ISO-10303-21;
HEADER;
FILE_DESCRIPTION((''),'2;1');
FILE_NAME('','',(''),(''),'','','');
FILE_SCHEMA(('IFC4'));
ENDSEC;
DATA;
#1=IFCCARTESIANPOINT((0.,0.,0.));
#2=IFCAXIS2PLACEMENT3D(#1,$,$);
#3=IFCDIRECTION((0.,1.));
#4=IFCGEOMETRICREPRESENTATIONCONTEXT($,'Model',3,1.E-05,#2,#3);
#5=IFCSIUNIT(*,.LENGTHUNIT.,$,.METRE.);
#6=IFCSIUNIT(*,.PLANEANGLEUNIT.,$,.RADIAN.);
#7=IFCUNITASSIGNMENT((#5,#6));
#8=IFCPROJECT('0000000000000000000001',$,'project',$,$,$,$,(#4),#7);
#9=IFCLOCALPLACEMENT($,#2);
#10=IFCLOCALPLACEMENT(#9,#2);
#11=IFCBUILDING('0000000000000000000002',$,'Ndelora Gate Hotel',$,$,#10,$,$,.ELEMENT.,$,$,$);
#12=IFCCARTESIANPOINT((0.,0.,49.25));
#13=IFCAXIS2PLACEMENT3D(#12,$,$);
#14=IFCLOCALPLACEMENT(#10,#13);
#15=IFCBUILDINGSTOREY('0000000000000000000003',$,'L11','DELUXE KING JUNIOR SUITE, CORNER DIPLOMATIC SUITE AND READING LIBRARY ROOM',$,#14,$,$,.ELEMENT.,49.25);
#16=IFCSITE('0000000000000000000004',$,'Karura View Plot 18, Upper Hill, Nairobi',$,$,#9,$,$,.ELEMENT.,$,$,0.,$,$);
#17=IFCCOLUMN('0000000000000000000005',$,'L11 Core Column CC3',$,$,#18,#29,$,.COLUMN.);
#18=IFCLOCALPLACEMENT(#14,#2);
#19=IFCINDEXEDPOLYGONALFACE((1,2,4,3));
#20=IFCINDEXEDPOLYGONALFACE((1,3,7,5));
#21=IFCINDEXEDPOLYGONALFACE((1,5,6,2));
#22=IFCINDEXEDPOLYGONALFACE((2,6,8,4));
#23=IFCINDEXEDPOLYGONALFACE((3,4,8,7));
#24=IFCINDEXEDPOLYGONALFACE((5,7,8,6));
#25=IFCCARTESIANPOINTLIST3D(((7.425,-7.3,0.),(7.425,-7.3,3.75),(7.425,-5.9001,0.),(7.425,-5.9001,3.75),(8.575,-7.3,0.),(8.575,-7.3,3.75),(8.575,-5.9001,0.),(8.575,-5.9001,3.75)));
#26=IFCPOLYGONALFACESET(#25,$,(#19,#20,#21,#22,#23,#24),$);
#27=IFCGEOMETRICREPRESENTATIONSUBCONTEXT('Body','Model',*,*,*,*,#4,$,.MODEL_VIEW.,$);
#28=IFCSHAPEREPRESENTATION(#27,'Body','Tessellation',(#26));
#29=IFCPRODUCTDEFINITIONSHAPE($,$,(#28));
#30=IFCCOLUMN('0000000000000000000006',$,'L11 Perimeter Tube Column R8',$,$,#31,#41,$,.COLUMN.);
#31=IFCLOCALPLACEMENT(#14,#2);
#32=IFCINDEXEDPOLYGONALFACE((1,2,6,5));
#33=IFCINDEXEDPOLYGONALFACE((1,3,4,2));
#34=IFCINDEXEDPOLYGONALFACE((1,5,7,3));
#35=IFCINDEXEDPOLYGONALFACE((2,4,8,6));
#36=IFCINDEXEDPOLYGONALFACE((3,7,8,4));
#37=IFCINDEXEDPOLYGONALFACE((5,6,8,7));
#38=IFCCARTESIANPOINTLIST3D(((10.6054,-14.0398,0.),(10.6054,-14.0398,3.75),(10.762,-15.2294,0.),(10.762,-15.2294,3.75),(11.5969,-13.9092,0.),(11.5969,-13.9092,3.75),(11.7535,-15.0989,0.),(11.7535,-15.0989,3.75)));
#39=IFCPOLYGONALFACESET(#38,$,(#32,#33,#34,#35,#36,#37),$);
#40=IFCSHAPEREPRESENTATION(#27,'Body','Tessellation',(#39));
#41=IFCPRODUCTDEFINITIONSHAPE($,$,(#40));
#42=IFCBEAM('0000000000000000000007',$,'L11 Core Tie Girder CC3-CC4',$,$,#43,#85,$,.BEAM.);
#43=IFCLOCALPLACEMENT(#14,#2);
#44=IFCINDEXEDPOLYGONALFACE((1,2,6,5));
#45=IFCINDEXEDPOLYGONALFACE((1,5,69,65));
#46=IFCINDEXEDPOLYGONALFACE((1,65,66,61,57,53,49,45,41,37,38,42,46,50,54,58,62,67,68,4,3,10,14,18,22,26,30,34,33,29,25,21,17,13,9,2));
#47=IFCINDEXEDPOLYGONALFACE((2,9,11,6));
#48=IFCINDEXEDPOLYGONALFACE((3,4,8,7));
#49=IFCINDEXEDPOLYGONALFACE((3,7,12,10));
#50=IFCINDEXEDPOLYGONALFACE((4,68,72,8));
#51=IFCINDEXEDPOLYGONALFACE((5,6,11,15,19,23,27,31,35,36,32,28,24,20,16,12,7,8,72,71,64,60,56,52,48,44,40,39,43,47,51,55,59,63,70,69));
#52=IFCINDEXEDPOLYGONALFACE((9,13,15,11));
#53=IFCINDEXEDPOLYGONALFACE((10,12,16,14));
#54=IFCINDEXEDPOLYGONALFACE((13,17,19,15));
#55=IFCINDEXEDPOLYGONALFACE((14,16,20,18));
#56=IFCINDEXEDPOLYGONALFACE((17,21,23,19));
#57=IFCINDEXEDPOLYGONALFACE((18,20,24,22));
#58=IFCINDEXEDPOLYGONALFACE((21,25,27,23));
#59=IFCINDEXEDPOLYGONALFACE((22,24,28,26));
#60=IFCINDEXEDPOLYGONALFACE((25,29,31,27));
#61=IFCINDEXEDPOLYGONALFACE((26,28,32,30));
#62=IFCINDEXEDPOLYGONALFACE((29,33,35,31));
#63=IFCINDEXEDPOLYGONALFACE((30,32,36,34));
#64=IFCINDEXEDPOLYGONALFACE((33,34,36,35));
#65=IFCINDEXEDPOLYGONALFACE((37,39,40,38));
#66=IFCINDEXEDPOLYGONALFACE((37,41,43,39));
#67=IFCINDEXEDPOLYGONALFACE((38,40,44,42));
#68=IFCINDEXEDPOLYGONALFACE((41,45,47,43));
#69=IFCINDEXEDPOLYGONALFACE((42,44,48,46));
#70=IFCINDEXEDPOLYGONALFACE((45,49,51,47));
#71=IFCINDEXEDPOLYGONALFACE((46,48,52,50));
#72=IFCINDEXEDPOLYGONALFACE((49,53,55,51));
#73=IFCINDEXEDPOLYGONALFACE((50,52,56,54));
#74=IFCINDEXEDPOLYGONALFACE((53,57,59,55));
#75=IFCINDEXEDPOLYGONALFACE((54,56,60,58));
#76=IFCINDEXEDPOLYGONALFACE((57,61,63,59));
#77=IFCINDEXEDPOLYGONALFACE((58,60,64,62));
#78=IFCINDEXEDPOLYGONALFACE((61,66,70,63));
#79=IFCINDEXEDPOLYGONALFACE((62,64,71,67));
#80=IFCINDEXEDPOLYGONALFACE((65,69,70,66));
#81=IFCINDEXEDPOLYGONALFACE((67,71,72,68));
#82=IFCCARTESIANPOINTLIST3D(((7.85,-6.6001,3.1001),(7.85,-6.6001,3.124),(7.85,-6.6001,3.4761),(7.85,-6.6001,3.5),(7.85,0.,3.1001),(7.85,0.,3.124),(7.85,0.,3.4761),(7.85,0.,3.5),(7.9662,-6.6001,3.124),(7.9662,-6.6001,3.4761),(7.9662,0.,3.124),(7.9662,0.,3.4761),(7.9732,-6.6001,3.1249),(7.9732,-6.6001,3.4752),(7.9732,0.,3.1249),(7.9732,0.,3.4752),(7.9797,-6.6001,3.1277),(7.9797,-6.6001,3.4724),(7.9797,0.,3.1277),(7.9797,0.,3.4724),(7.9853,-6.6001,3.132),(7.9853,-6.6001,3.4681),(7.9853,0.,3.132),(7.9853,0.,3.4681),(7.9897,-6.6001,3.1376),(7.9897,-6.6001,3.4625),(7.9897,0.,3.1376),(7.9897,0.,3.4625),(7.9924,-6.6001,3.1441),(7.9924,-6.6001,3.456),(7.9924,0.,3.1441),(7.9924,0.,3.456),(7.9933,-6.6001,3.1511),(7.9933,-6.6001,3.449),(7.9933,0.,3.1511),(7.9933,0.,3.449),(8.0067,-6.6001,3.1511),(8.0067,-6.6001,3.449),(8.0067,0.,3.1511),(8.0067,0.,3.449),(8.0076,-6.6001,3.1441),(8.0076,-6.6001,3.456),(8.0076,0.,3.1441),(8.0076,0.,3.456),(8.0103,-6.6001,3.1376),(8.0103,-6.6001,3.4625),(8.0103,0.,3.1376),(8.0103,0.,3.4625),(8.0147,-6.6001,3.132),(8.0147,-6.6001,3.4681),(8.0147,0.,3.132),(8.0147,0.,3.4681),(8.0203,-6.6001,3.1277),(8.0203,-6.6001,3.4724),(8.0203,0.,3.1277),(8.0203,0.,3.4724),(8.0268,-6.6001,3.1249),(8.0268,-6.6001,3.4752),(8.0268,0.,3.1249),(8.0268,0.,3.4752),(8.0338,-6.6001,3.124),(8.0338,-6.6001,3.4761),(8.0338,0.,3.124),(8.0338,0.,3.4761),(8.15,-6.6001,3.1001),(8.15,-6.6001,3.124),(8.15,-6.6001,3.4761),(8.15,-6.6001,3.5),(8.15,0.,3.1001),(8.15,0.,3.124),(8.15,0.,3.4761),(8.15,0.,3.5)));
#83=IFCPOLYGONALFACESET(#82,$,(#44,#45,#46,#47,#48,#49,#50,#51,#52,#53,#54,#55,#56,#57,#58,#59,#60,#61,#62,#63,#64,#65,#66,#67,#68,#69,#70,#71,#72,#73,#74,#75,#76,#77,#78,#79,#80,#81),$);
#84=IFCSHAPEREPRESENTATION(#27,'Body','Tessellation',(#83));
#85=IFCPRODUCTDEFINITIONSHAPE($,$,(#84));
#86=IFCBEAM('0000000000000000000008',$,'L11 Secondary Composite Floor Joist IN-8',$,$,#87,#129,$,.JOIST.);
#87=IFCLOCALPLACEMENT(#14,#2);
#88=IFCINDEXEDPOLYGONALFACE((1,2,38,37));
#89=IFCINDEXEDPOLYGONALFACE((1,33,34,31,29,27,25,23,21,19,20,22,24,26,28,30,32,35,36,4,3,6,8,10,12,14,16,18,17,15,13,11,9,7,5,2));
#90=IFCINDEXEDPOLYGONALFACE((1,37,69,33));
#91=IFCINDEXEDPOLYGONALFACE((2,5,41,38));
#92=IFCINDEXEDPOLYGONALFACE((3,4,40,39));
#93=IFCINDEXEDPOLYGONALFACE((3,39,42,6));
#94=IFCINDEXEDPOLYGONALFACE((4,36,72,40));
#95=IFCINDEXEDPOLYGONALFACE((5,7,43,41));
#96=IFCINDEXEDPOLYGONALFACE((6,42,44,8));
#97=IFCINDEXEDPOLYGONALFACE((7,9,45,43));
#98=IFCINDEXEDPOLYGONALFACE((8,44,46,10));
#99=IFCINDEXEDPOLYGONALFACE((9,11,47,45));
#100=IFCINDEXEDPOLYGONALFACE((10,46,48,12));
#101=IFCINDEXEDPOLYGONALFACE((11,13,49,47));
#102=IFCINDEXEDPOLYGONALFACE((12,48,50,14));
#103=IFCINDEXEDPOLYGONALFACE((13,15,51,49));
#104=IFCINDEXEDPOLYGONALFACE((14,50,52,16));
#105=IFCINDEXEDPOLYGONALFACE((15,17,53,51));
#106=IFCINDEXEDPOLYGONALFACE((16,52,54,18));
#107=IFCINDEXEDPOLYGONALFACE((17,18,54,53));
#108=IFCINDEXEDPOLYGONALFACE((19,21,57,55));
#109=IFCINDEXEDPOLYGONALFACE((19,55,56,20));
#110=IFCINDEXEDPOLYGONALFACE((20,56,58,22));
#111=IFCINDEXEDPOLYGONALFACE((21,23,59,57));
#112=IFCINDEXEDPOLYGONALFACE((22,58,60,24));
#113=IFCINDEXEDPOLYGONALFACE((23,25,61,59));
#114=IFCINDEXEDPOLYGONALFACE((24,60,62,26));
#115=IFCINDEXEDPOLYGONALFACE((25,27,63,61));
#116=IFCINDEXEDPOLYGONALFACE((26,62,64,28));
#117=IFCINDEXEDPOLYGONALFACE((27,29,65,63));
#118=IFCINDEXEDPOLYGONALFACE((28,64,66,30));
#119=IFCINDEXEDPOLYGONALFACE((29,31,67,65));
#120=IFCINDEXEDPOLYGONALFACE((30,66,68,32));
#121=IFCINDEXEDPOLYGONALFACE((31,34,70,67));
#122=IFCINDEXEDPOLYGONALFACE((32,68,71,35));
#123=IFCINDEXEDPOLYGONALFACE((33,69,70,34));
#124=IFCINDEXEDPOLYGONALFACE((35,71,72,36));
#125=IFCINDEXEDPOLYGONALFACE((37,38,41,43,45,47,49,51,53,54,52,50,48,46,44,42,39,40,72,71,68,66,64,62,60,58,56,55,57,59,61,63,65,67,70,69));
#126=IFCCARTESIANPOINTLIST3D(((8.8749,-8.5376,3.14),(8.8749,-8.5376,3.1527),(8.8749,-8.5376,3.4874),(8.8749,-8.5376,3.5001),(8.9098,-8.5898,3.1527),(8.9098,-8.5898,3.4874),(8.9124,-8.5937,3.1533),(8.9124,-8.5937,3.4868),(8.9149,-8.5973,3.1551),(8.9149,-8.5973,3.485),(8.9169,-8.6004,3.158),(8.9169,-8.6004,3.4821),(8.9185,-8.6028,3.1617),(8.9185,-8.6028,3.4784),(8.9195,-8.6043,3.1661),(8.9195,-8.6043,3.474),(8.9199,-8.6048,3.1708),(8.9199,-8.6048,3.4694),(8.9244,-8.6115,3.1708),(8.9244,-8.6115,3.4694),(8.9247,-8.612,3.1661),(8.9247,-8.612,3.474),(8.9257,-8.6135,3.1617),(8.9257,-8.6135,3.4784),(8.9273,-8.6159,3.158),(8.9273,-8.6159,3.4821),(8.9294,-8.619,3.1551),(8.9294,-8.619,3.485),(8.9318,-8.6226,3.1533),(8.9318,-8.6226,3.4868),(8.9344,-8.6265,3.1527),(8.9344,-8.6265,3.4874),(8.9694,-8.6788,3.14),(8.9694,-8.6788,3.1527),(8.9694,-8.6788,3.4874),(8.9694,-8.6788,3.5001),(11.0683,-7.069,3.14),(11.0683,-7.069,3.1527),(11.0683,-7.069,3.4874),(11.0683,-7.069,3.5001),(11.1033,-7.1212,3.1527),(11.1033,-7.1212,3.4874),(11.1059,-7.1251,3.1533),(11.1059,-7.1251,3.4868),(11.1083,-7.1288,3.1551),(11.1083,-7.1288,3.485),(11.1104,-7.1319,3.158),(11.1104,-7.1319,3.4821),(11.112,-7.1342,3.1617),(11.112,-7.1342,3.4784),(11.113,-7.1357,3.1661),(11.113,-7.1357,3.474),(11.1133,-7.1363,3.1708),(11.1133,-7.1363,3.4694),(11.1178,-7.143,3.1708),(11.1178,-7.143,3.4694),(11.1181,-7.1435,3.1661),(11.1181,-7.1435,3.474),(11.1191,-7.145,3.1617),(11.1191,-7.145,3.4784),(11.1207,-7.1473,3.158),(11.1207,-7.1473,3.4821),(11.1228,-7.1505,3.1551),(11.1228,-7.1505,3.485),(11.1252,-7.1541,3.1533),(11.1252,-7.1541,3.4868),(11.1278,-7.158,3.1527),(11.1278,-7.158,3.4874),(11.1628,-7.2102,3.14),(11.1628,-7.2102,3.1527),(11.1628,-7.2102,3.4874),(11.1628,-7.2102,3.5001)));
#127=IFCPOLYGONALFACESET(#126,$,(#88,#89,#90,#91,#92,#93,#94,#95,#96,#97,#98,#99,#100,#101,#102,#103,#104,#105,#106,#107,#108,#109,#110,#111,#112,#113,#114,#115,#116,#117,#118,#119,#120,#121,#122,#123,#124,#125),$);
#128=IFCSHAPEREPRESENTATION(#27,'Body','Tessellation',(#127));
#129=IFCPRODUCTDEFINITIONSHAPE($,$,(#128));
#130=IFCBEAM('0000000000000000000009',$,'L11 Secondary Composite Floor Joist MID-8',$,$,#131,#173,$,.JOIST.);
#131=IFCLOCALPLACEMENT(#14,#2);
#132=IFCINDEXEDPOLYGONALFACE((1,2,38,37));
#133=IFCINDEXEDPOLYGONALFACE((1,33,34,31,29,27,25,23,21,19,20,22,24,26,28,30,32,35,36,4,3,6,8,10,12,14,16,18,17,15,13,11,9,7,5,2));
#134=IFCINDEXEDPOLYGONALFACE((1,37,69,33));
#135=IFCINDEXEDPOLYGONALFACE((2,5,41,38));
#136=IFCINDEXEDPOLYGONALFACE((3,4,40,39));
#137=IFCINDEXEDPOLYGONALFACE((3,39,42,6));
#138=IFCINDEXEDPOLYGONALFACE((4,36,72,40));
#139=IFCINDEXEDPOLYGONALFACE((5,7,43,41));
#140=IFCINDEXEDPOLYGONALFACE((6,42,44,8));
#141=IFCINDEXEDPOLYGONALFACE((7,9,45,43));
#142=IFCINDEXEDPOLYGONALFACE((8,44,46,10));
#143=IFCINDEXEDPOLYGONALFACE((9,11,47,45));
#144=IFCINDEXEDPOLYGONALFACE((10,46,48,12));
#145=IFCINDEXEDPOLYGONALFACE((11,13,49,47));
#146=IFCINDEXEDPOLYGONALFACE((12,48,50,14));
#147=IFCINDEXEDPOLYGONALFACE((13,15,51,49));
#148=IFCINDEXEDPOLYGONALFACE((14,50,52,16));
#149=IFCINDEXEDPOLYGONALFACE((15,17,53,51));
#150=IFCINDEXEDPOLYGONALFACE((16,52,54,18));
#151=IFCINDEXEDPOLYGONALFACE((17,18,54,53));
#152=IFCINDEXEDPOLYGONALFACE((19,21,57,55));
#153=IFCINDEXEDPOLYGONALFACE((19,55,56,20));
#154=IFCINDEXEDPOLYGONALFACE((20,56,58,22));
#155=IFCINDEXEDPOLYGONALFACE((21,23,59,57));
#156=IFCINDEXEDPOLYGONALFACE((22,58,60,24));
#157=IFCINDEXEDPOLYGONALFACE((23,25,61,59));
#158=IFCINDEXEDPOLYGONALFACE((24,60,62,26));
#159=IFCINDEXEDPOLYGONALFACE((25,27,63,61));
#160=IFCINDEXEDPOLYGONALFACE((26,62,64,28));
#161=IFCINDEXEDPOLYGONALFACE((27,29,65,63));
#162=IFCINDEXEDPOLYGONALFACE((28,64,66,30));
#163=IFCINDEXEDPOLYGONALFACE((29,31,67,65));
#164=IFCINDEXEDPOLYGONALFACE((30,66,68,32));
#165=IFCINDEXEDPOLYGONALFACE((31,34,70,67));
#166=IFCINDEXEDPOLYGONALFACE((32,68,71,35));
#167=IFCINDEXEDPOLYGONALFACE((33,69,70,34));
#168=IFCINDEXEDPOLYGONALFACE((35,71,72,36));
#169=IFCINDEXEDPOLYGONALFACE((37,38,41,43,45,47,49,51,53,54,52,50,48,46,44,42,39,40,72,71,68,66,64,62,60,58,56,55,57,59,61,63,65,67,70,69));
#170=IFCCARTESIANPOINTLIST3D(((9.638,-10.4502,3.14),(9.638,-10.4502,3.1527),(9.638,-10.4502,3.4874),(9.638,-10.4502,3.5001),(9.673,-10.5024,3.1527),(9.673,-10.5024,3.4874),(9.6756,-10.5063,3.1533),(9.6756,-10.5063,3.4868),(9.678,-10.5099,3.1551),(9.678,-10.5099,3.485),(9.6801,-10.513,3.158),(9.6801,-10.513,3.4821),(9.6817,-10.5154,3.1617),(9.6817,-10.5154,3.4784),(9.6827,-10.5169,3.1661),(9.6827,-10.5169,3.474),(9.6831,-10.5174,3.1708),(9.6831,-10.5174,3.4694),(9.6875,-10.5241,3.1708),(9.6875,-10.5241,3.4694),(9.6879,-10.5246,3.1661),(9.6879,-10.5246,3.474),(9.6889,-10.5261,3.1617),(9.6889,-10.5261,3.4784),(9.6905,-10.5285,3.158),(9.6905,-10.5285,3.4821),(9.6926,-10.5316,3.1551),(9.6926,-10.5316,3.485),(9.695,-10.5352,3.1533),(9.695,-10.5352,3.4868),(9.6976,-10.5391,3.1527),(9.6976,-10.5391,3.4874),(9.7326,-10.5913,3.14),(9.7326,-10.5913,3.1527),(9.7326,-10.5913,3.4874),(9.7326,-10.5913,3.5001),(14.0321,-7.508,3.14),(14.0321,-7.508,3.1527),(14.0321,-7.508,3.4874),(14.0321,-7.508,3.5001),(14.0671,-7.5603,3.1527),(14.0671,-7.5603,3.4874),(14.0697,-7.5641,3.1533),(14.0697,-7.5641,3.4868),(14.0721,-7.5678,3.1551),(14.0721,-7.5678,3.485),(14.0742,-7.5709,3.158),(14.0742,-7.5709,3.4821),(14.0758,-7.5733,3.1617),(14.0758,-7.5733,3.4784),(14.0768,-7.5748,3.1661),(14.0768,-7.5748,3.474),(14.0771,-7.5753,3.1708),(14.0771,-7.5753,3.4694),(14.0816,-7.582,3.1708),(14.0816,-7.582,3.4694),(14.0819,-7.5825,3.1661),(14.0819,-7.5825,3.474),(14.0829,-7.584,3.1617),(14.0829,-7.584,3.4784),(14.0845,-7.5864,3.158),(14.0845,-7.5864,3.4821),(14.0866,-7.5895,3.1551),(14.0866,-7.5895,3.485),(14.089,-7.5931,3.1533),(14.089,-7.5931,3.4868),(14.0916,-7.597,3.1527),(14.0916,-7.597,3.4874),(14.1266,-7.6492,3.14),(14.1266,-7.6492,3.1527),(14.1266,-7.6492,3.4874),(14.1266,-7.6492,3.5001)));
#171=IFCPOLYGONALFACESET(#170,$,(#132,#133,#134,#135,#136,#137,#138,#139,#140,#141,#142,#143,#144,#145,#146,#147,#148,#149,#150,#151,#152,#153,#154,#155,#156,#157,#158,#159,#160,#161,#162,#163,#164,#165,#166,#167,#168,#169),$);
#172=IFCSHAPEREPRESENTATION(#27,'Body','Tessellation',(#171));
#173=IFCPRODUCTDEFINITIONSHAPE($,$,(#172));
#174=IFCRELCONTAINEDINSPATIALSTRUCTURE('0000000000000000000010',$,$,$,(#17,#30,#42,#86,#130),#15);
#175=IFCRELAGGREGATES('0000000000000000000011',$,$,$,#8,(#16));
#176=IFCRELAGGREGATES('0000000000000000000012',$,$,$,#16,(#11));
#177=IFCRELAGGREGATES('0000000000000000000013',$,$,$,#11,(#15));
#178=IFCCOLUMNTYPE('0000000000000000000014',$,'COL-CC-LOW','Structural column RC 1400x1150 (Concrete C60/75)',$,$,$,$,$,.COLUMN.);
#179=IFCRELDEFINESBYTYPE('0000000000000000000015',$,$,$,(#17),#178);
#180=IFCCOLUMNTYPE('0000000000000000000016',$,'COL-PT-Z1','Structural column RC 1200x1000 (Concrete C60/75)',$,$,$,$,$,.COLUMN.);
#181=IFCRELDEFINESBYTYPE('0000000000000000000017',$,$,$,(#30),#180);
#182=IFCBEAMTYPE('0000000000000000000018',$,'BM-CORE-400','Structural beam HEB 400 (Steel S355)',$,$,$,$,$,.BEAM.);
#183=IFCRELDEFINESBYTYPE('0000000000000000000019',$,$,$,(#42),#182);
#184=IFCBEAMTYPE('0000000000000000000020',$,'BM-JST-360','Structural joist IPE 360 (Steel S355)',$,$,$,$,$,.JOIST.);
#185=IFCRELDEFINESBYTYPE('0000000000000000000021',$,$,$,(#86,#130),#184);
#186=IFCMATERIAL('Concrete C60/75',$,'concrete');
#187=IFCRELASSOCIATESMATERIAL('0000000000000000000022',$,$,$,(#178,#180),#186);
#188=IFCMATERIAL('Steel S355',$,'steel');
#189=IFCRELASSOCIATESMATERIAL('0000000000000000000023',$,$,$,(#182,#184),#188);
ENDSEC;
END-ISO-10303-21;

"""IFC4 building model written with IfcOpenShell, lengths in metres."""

from ifc_helpers import new_model, si_unit, direction, frame, origin, origin_2d, place, context, subcontext, project, spatial, rectangle, i_section, extrude, material, material_profile, profile_set, type_object, element, save


model = new_model("IFC4")

# Units and contexts
model_context = context("Model", 3, precision=1e-05, world=origin(), true_north=direction((0.0, 1.0)))
body_context = subcontext(model_context, "Body", "Model", "MODEL_VIEW")
ifc_project = project(units=[si_unit("LENGTHUNIT", "METRE"), si_unit("PLANEANGLEUNIT", "RADIAN")], contexts=[model_context])

# Site, building, storey
site_placement = place(None, origin())
site = spatial("IfcSite", under=ifc_project, at=site_placement, Name="Karura View Plot 18, Upper Hill, Nairobi", CompositionType="ELEMENT", RefElevation=0.0)
building_placement = place(site_placement, origin())
building = spatial("IfcBuilding", under=site, at=building_placement, Name="Ndelora Gate Hotel", CompositionType="ELEMENT")
storey_placement = place(building_placement, frame((0.0, 0.0, 49.25)))
storey = spatial("IfcBuildingStorey", under=building, at=storey_placement, Name="L11", Description="DELUXE KING JUNIOR SUITE, CORNER DIPLOMATIC SUITE AND READING LIBRARY ROOM", CompositionType="ELEMENT", Elevation=49.25)

# Columns
ifc_material_1 = material(Name="Concrete C60/75", Category="concrete")
ifc_material_profile_1 = material_profile(ifc_material_1, rectangle(XDim=1.1499, YDim=1.3999, at=origin_2d()), Name="RC 1400x1150")
ifc_profile_set_1 = profile_set([ifc_material_profile_1], Name="Concrete C60/75")
column_type_1 = type_object("IfcColumnType", Name="COL-CC-LOW", Description="Structural column RC 1400x1150 (Concrete C60/75)", PredefinedType="COLUMN", material=ifc_profile_set_1)
column_1_placement = place(storey_placement, frame((8.0, -6.6001, 0.0), z_axis=(0.0, 0.0, 1.0), x_axis=(1.0, 0.0, 0.0)))
element("IfcColumn", 1, at=column_1_placement, inside=storey, type_object=column_type_1, Name="L11 Core Column CC3", PredefinedType="COLUMN", context=body_context, shape_type="SweptSolid", body=[
    extrude(rectangle(XDim=1.1499, YDim=1.3999, at=origin_2d()), origin(), (0.0, 0.0, 1.0), 3.75),
])
ifc_material_profile_2 = material_profile(ifc_material_1, rectangle(XDim=1.0, YDim=1.2, at=origin_2d()), Name="RC 1200x1000")
ifc_profile_set_2 = profile_set([ifc_material_profile_2], Name="Concrete C60/75")
column_type_2 = type_object("IfcColumnType", Name="COL-PT-Z1", Description="Structural column RC 1200x1000 (Concrete C60/75)", PredefinedType="COLUMN", material=ifc_profile_set_2)
column_2_placement = place(storey_placement, frame((11.1794, -14.5693, 0.0), z_axis=(0.0, 0.0, 1.0), x_axis=(0.991445, 0.130526, 0.0)))
element("IfcColumn", 2, at=column_2_placement, inside=storey, type_object=column_type_2, Name="L11 Perimeter Tube Column R8", PredefinedType="COLUMN", context=body_context, shape_type="SweptSolid", body=[
    extrude(rectangle(XDim=1.0, YDim=1.2, at=origin_2d()), origin(), (0.0, 0.0, 1.0), 3.75),
])

# Beams
ifc_material_2 = material(Name="Steel S355", Category="steel")
ifc_material_profile_3 = material_profile(ifc_material_2, i_section(OverallWidth=0.3, OverallDepth=0.3999, WebThickness=0.0134, FlangeThickness=0.0239, FilletRadius=0.0271, at=origin_2d()), Name="HEB 400")
ifc_profile_set_3 = profile_set([ifc_material_profile_3], Name="Steel S355")
beam_type_1 = type_object("IfcBeamType", Name="BM-CORE-400", Description="Structural beam HEB 400 (Steel S355)", PredefinedType="BEAM", material=ifc_profile_set_3)
beam_1_placement = place(storey_placement, frame((8.0, -6.6001, 3.3), z_axis=(0.0, 1.0, 0.0), x_axis=(-1.0, 0.0, 0.0)))
element("IfcBeam", 3, at=beam_1_placement, inside=storey, type_object=beam_type_1, Name="L11 Core Tie Girder CC3-CC4", PredefinedType="BEAM", context=body_context, shape_type="SweptSolid", body=[
    extrude(i_section(OverallWidth=0.3, OverallDepth=0.3999, WebThickness=0.0134, FlangeThickness=0.0239, FilletRadius=0.0271, at=origin_2d()), origin(), (0.0, 0.0, 1.0), 6.6001),
])
ifc_material_profile_4 = material_profile(ifc_material_2, i_section(OverallWidth=0.1699, OverallDepth=0.3601, WebThickness=0.0081, FlangeThickness=0.0127, FilletRadius=0.0181, at=origin_2d()), Name="IPE 360")
ifc_profile_set_4 = profile_set([ifc_material_profile_4], Name="Steel S355")
beam_type_2 = type_object("IfcBeamType", Name="BM-JST-360", Description="Structural joist IPE 360 (Steel S355)", PredefinedType="JOIST", material=ifc_profile_set_4)
beam_2_placement = place(storey_placement, frame((8.9221, -8.6082, 3.3201), z_axis=(0.830953, 0.556343, 0.0), x_axis=(-0.556343, 0.830953, 0.0)))
element("IfcBeam", 4, at=beam_2_placement, inside=storey, type_object=beam_type_2, Name="L11 Secondary Composite Floor Joist IN-8", PredefinedType="JOIST", context=body_context, shape_type="SweptSolid", body=[
    extrude(i_section(OverallWidth=0.1699, OverallDepth=0.3601, WebThickness=0.0081, FlangeThickness=0.0127, FilletRadius=0.0181, at=origin_2d()), origin(), (0.0, 0.0, 1.0), 2.6396),
])
beam_3_placement = place(storey_placement, frame((9.6853, -10.5208, 3.3201), z_axis=(0.830933, 0.556372, 0.0), x_axis=(-0.556372, 0.830933, 0.0)))
element("IfcBeam", 5, at=beam_3_placement, inside=storey, type_object=beam_type_2, Name="L11 Secondary Composite Floor Joist MID-8", PredefinedType="JOIST", context=body_context, shape_type="SweptSolid", body=[
    extrude(i_section(OverallWidth=0.1699, OverallDepth=0.3601, WebThickness=0.0081, FlangeThickness=0.0127, FilletRadius=0.0181, at=origin_2d()), origin(), (0.0, 0.0, 1.0), 5.2881),
])

save(model, "model.ifc")
